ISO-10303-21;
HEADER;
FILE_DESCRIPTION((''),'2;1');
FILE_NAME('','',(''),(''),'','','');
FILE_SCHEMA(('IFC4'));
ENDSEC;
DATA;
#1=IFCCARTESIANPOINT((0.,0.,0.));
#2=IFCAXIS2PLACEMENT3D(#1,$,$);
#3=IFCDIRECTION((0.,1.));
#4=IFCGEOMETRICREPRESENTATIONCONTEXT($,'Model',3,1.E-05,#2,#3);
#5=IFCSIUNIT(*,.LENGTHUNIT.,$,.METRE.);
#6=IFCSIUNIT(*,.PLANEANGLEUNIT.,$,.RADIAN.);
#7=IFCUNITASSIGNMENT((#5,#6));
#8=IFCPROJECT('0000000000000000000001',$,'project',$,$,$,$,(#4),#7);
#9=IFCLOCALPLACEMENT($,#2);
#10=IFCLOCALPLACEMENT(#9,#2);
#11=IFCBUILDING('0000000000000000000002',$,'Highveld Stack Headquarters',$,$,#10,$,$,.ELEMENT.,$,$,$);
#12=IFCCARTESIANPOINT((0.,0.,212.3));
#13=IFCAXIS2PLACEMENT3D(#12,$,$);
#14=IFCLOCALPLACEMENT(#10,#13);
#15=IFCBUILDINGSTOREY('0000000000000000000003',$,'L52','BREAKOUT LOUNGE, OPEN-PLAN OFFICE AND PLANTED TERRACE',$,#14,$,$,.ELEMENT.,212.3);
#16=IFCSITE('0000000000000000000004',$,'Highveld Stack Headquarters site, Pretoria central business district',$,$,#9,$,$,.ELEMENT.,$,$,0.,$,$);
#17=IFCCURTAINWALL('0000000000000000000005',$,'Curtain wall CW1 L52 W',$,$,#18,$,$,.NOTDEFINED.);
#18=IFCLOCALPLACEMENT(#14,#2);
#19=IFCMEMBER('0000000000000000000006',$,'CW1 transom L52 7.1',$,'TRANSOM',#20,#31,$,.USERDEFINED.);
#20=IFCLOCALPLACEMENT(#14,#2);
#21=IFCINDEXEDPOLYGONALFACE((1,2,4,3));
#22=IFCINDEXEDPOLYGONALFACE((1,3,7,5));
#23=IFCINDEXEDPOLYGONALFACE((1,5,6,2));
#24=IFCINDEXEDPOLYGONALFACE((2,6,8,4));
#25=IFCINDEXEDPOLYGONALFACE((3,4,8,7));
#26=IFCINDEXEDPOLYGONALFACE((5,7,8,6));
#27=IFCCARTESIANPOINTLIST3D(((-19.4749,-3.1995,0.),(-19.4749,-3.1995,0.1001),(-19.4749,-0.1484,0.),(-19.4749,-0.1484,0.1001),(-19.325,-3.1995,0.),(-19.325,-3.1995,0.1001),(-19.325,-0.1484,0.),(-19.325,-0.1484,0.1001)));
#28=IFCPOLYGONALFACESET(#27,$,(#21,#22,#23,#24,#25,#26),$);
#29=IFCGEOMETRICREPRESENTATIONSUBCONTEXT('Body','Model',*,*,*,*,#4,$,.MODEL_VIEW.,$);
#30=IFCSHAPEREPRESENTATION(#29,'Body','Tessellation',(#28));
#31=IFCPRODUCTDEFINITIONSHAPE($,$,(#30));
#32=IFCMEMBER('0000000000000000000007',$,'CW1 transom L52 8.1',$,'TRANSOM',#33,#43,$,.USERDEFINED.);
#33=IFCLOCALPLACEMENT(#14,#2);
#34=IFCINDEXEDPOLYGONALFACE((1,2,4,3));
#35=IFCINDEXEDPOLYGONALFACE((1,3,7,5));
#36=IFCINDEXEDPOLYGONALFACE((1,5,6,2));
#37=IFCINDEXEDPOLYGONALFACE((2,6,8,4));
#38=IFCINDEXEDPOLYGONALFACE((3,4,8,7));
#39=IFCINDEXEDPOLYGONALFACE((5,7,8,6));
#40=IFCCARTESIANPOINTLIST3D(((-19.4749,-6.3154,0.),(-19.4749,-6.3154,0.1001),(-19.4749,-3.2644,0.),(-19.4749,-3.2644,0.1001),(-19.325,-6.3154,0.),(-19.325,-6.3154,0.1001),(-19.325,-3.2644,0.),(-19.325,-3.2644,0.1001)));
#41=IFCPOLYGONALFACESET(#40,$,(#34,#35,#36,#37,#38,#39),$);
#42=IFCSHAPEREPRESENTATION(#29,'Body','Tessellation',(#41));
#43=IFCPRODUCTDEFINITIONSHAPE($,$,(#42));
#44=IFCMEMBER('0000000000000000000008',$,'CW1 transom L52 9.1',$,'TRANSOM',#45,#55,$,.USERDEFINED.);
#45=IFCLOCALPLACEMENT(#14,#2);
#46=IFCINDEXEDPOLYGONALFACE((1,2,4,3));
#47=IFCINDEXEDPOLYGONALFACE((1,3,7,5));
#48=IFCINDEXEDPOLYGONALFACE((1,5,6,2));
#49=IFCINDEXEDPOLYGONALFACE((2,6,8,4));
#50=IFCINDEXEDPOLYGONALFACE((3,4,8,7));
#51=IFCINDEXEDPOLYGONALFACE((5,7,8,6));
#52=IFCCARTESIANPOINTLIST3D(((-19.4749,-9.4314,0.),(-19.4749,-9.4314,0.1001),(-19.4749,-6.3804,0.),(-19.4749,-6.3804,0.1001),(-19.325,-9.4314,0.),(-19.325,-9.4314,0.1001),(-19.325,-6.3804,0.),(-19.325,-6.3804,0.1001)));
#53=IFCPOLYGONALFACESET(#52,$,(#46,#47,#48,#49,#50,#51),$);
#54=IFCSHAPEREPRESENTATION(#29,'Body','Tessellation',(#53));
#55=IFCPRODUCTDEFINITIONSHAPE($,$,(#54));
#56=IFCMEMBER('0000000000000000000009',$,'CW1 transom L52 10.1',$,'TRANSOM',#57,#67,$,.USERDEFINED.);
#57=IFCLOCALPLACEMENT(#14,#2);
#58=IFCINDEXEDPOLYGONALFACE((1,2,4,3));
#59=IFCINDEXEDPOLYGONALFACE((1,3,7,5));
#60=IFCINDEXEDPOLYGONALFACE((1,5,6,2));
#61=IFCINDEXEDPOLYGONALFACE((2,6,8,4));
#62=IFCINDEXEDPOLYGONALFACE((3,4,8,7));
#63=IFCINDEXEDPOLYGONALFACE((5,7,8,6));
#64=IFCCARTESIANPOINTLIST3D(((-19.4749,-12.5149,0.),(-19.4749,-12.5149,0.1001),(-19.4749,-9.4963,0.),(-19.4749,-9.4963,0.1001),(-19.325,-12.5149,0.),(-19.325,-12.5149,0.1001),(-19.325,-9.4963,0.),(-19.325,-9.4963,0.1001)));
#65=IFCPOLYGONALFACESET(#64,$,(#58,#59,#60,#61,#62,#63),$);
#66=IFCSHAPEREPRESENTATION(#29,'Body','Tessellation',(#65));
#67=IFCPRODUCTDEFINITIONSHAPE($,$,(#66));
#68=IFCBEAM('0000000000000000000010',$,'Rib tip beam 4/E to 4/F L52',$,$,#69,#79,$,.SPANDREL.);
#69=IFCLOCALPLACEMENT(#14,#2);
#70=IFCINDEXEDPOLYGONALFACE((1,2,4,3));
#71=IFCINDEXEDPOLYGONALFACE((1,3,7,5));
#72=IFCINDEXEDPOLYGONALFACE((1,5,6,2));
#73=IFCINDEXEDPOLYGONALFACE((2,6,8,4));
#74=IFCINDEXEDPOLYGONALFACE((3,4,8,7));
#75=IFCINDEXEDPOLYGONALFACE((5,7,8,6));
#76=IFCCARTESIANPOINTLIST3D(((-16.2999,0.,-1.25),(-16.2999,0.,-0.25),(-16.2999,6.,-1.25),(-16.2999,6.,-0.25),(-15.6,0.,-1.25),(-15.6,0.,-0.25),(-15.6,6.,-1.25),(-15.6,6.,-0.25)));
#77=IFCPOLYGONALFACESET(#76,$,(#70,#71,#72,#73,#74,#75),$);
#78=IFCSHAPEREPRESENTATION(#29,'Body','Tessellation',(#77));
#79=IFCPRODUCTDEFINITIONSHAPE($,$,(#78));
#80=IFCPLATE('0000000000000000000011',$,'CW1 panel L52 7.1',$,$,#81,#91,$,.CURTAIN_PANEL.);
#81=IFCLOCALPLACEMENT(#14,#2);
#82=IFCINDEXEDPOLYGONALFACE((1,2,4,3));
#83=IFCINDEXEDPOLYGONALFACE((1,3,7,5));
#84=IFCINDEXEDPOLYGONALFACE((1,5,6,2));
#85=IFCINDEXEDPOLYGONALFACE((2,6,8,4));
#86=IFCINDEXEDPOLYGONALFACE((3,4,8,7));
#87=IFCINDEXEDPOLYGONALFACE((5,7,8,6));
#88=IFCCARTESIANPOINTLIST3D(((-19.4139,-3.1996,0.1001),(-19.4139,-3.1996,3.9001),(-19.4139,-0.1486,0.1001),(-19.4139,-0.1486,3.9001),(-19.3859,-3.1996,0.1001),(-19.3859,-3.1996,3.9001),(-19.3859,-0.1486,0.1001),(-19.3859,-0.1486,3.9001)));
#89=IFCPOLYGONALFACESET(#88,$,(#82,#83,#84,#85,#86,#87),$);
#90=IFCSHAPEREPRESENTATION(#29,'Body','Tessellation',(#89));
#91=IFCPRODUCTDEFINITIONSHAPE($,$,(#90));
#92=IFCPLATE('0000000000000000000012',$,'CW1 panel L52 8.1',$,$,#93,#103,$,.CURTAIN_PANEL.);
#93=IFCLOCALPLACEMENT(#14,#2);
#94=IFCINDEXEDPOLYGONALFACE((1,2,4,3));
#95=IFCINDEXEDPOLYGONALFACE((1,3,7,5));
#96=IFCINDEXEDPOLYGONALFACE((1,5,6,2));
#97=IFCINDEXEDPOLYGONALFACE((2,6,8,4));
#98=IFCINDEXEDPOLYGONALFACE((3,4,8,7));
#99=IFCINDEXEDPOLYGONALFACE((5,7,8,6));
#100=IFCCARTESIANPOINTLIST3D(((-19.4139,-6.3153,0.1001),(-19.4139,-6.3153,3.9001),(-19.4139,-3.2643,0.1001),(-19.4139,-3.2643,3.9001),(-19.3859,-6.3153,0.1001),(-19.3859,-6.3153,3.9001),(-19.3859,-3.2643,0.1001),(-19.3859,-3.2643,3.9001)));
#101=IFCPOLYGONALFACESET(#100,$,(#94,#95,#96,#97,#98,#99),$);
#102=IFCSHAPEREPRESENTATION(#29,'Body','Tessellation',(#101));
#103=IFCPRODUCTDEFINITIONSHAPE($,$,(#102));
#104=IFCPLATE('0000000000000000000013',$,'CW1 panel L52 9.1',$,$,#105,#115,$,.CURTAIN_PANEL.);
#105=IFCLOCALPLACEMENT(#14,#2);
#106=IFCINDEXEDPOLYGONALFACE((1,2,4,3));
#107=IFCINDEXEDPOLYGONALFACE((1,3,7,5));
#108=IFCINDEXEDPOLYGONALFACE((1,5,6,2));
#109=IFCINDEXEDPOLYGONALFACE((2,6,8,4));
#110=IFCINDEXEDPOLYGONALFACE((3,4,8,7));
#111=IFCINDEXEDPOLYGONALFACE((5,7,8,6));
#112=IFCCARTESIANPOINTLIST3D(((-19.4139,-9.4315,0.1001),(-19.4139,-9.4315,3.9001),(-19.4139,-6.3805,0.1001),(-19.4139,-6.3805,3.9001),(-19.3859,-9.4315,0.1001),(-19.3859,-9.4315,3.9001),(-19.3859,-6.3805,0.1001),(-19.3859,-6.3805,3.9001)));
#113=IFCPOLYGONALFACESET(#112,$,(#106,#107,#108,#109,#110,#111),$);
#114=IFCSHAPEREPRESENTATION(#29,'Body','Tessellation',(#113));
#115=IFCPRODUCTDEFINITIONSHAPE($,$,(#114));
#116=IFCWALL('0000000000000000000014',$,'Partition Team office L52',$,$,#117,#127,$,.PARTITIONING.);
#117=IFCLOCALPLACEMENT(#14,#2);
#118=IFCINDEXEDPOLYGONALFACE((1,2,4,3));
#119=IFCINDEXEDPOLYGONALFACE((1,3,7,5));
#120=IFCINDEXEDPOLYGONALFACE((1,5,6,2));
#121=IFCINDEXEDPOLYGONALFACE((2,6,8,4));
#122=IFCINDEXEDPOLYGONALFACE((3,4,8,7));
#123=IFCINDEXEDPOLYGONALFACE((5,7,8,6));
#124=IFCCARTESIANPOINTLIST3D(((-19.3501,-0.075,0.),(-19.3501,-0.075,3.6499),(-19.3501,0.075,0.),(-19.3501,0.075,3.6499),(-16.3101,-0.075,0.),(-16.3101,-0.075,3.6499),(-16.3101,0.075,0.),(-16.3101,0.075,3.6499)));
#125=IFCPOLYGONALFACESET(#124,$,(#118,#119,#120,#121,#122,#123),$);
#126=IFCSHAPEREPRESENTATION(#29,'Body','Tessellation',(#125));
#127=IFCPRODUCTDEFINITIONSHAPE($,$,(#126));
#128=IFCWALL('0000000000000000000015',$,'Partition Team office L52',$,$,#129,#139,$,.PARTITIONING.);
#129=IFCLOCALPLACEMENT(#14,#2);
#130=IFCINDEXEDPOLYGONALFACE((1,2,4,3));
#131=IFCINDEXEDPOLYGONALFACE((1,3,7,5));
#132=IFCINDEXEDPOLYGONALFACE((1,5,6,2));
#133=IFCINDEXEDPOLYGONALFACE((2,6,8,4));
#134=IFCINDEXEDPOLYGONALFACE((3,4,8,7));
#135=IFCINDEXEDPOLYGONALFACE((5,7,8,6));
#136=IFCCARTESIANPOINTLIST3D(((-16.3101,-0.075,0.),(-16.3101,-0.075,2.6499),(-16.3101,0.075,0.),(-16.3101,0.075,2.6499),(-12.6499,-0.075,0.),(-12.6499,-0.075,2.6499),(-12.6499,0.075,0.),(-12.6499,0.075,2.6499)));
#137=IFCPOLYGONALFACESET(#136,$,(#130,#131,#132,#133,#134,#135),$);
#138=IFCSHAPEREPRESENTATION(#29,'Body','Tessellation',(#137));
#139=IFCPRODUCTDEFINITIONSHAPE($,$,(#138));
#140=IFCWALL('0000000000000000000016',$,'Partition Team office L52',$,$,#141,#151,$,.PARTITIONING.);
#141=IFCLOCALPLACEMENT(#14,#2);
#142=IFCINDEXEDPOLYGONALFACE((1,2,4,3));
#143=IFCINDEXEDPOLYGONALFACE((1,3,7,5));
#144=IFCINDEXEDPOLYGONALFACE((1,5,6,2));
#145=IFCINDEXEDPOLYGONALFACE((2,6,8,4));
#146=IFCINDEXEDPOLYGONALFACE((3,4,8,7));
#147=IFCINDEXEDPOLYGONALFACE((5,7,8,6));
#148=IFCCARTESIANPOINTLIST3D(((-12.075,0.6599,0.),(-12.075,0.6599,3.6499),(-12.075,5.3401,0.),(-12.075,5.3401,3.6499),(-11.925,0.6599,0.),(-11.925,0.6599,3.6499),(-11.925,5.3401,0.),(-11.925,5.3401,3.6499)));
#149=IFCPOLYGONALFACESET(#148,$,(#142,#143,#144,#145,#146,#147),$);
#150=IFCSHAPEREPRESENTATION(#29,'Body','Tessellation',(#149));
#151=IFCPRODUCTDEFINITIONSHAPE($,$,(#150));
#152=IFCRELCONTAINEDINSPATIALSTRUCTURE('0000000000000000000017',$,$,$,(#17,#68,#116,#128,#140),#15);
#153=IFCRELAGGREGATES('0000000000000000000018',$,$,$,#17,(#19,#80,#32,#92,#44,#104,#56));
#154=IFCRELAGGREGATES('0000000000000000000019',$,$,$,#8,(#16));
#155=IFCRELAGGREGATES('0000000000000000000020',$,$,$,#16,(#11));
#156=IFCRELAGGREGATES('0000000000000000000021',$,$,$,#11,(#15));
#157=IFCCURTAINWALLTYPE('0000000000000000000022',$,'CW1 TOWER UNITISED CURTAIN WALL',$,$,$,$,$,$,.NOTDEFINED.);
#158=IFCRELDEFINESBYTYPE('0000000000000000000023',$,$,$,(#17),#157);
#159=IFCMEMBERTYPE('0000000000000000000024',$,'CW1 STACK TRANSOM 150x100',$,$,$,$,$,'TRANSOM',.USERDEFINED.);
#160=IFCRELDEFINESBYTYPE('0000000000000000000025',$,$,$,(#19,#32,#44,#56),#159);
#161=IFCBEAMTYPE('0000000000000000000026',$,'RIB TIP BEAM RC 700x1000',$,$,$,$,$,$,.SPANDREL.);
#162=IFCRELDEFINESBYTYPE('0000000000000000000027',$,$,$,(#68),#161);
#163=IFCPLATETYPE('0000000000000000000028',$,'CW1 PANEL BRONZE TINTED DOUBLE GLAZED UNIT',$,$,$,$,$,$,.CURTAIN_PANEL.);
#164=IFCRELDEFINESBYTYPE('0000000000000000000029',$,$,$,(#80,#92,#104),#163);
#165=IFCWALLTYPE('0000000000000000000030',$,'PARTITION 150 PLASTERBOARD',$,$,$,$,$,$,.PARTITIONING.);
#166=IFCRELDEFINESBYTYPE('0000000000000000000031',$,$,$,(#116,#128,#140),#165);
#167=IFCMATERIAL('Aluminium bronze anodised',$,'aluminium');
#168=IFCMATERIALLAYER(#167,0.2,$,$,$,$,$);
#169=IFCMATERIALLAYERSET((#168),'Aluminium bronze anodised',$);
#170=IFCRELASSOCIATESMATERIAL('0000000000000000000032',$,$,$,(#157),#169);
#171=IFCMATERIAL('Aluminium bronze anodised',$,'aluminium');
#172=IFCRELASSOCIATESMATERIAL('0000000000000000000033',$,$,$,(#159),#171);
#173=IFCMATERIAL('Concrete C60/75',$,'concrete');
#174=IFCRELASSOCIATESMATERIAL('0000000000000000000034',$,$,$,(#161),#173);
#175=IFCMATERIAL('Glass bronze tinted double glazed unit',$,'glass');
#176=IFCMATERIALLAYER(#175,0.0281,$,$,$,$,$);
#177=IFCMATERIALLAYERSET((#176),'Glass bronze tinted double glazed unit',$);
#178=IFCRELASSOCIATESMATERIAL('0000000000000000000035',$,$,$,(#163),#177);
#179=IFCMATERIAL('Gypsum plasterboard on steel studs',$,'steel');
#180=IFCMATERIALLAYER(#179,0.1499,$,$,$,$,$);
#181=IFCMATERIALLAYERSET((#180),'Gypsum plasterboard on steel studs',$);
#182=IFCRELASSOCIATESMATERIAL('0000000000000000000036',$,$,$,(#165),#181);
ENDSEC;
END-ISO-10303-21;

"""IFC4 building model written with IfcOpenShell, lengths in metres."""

from ifc_helpers import new_model, si_unit, direction, frame, frame_2d, origin, origin_2d, place, context, subcontext, project, spatial, rectangle, extrude, material, layer, layer_set, material_profile, profile_set, type_object, element, aggregate, save


model = new_model("IFC4")

# Units and contexts
model_context = context("Model", 3, precision=1e-05, world=origin(), true_north=direction((0.0, 1.0)))
body_context = subcontext(model_context, "Body", "Model", "MODEL_VIEW")
ifc_project = project(units=[si_unit("LENGTHUNIT", "METRE"), si_unit("PLANEANGLEUNIT", "RADIAN")], contexts=[model_context])

# Site, building, storey
site_placement = place(None, origin())
site = spatial("IfcSite", under=ifc_project, at=site_placement, Name="Highveld Stack Headquarters site, Pretoria central business district", CompositionType="ELEMENT", RefElevation=0.0)
building_placement = place(site_placement, origin())
building = spatial("IfcBuilding", under=site, at=building_placement, Name="Highveld Stack Headquarters", CompositionType="ELEMENT")
storey_placement = place(building_placement, frame((0.0, 0.0, 212.3)))
storey = spatial("IfcBuildingStorey", under=building, at=storey_placement, Name="L52", Description="BREAKOUT LOUNGE, OPEN-PLAN OFFICE AND PLANTED TERRACE", CompositionType="ELEMENT", Elevation=212.3)

# Curtain wall, members
ifc_material_1 = material(Name="Aluminium bronze anodised", Category="aluminium")
ifc_layer_1 = layer(ifc_material_1, 0.2)
ifc_layer_set_1 = layer_set([ifc_layer_1], Name="Aluminium bronze anodised")
curtain_wall_type = type_object("IfcCurtainWallType", Name="CW1 TOWER UNITISED CURTAIN WALL", PredefinedType="NOTDEFINED", material=ifc_layer_set_1)
curtain_wall_placement = place(storey_placement, origin())
curtain_wall = element("IfcCurtainWall", 1, at=curtain_wall_placement, inside=storey, type_object=curtain_wall_type, Name="Curtain wall CW1 L52 W", PredefinedType="NOTDEFINED")
ifc_material_2 = material(Name="Aluminium bronze anodised", Category="aluminium")
ifc_material_profile_1 = material_profile(ifc_material_2, rectangle(XDim=0.1499, YDim=0.1001, at=origin_2d()), Name="CW1 TRANSOM 150x100")
ifc_profile_set_1 = profile_set([ifc_material_profile_1], Name="Aluminium bronze anodised")
member_type_1 = type_object("IfcMemberType", Name="CW1 STACK TRANSOM 150x100", ElementType="TRANSOM", PredefinedType="USERDEFINED", material=ifc_profile_set_1)
member_1_placement = place(storey_placement, frame((-19.3999, -0.1484, 0.05), z_axis=(0.0, -1.0, 0.0), x_axis=(1.0, 0.0, 0.0)))
member_1 = element("IfcMember", 2, at=member_1_placement, type_object=member_type_1, Name="CW1 transom L52 7.1", ObjectType="TRANSOM", PredefinedType="USERDEFINED", context=body_context, shape_type="SweptSolid", body=[
    extrude(rectangle(XDim=0.1499, YDim=0.1001, at=origin_2d()), origin(), (0.0, 0.0, 1.0), 3.051),
])
member_2_placement = place(storey_placement, frame((-19.3999, -3.2644, 0.05), z_axis=(0.0, -1.0, 0.0), x_axis=(1.0, 0.0, 0.0)))
member_2 = element("IfcMember", 3, at=member_2_placement, type_object=member_type_1, Name="CW1 transom L52 8.1", ObjectType="TRANSOM", PredefinedType="USERDEFINED", context=body_context, shape_type="SweptSolid", body=[
    extrude(rectangle(XDim=0.1499, YDim=0.1001, at=origin_2d()), origin(), (0.0, 0.0, 1.0), 3.051),
])
member_3_placement = place(storey_placement, frame((-19.3999, -6.3804, 0.05), z_axis=(0.0, -1.0, 0.0), x_axis=(1.0, 0.0, 0.0)))
member_3 = element("IfcMember", 4, at=member_3_placement, type_object=member_type_1, Name="CW1 transom L52 9.1", ObjectType="TRANSOM", PredefinedType="USERDEFINED", context=body_context, shape_type="SweptSolid", body=[
    extrude(rectangle(XDim=0.1499, YDim=0.1001, at=origin_2d()), origin(), (0.0, 0.0, 1.0), 3.051),
])
member_4_placement = place(storey_placement, frame((-19.3999, -9.4963, 0.05), z_axis=(0.0, -1.0, 0.0), x_axis=(1.0, 0.0, 0.0)))
member_4 = element("IfcMember", 5, at=member_4_placement, type_object=member_type_1, Name="CW1 transom L52 10.1", ObjectType="TRANSOM", PredefinedType="USERDEFINED", context=body_context, shape_type="SweptSolid", body=[
    extrude(rectangle(XDim=0.1499, YDim=0.1001, at=origin_2d()), origin(), (0.0, 0.0, 1.0), 3.0186),
])

# Beam
ifc_material_3 = material(Name="Concrete C60/75", Category="concrete")
ifc_material_profile_2 = material_profile(ifc_material_3, rectangle(XDim=0.7, YDim=1.0, at=origin_2d()), Name="RC 700x1000")
ifc_profile_set_2 = profile_set([ifc_material_profile_2], Name="Concrete C60/75")
beam_type_1 = type_object("IfcBeamType", Name="RIB TIP BEAM RC 700x1000", PredefinedType="SPANDREL", material=ifc_profile_set_2)
beam_1_placement = place(storey_placement, frame((-15.95, 0.0, -0.75), z_axis=(0.0, 1.0, 0.0), x_axis=(-1.0, 0.0, 0.0)))
element("IfcBeam", 6, at=beam_1_placement, inside=storey, type_object=beam_type_1, Name="Rib tip beam 4/E to 4/F L52", PredefinedType="SPANDREL", context=body_context, shape_type="SweptSolid", body=[
    extrude(rectangle(XDim=0.7, YDim=1.0, at=origin_2d()), origin(), (0.0, 0.0, 1.0), 6.0),
])

# Plates
ifc_material_4 = material(Name="Glass bronze tinted double glazed unit", Category="glass")
ifc_layer_2 = layer(ifc_material_4, 0.0281)
ifc_layer_set_2 = layer_set([ifc_layer_2], Name="Glass bronze tinted double glazed unit")
plate_type = type_object("IfcPlateType", Name="CW1 PANEL BRONZE TINTED DOUBLE GLAZED UNIT", PredefinedType="CURTAIN_PANEL", material=ifc_layer_set_2)
plate_1_placement = place(storey_placement, frame((-19.3999, -1.6741, 0.1001), z_axis=(0.0, 0.0, 1.0), x_axis=(0.0, -1.0, 0.0)))
plate_1 = element("IfcPlate", 7, at=plate_1_placement, type_object=plate_type, Name="CW1 panel L52 7.1", PredefinedType="CURTAIN_PANEL", context=body_context, shape_type="SweptSolid", body=[
    extrude(rectangle(XDim=3.051, YDim=0.0281, at=origin_2d()), origin(), (0.0, 0.0, 1.0), 3.8),
])
plate_2_placement = place(storey_placement, frame((-19.3999, -4.7898, 0.1001), z_axis=(0.0, 0.0, 1.0), x_axis=(0.0, -1.0, 0.0)))
plate_2 = element("IfcPlate", 8, at=plate_2_placement, type_object=plate_type, Name="CW1 panel L52 8.1", PredefinedType="CURTAIN_PANEL", context=body_context, shape_type="SweptSolid", body=[
    extrude(rectangle(XDim=3.051, YDim=0.0281, at=origin_2d()), origin(), (0.0, 0.0, 1.0), 3.8),
])
plate_3_placement = place(storey_placement, frame((-19.3999, -7.906, 0.1001), z_axis=(0.0, 0.0, 1.0), x_axis=(0.0, -1.0, 0.0)))
plate_3 = element("IfcPlate", 9, at=plate_3_placement, type_object=plate_type, Name="CW1 panel L52 9.1", PredefinedType="CURTAIN_PANEL", context=body_context, shape_type="SweptSolid", body=[
    extrude(rectangle(XDim=3.051, YDim=0.0281, at=origin_2d()), origin(), (0.0, 0.0, 1.0), 3.8),
])
aggregate(curtain_wall, [member_1, plate_1, member_2, plate_2, member_3, plate_3, member_4])

# Walls
ifc_material_5 = material(Name="Gypsum plasterboard on steel studs", Category="steel")
ifc_layer_3 = layer(ifc_material_5, 0.1499)
ifc_layer_set_3 = layer_set([ifc_layer_3], Name="Gypsum plasterboard on steel studs")
wall_type = type_object("IfcWallType", Name="PARTITION 150 PLASTERBOARD", PredefinedType="PARTITIONING", material=ifc_layer_set_3)
wall_1_placement = place(storey_placement, frame((-19.3501, 0.0, 0.0), z_axis=(0.0, 0.0, 1.0), x_axis=(1.0, 0.0, 0.0)))
element("IfcWall", 10, at=wall_1_placement, inside=storey, type_object=wall_type, Name="Partition Team office L52", PredefinedType="PARTITIONING", context=body_context, shape_type="SweptSolid", body=[
    extrude(rectangle(XDim=3.04, YDim=0.1499, at=frame_2d((1.52, 0.0))), origin(), (0.0, 0.0, 1.0), 3.6499),
])
wall_2_placement = place(storey_placement, frame((-16.3101, 0.0, 0.0), z_axis=(0.0, 0.0, 1.0), x_axis=(1.0, 0.0, 0.0)))
element("IfcWall", 11, at=wall_2_placement, inside=storey, type_object=wall_type, Name="Partition Team office L52", PredefinedType="PARTITIONING", context=body_context, shape_type="SweptSolid", body=[
    extrude(rectangle(XDim=3.6602, YDim=0.1499, at=frame_2d((1.8301, 0.0))), origin(), (0.0, 0.0, 1.0), 2.6499),
])
wall_3_placement = place(storey_placement, frame((-12.0, 0.6599, 0.0), z_axis=(0.0, 0.0, 1.0), x_axis=(0.0, 1.0, 0.0)))
element("IfcWall", 12, at=wall_3_placement, inside=storey, type_object=wall_type, Name="Partition Team office L52", PredefinedType="PARTITIONING", context=body_context, shape_type="SweptSolid", body=[
    extrude(rectangle(XDim=4.6802, YDim=0.1499, at=frame_2d((2.3401, 0.0))), origin(), (0.0, 0.0, 1.0), 3.6499),
])

save(model, "model.ifc")
